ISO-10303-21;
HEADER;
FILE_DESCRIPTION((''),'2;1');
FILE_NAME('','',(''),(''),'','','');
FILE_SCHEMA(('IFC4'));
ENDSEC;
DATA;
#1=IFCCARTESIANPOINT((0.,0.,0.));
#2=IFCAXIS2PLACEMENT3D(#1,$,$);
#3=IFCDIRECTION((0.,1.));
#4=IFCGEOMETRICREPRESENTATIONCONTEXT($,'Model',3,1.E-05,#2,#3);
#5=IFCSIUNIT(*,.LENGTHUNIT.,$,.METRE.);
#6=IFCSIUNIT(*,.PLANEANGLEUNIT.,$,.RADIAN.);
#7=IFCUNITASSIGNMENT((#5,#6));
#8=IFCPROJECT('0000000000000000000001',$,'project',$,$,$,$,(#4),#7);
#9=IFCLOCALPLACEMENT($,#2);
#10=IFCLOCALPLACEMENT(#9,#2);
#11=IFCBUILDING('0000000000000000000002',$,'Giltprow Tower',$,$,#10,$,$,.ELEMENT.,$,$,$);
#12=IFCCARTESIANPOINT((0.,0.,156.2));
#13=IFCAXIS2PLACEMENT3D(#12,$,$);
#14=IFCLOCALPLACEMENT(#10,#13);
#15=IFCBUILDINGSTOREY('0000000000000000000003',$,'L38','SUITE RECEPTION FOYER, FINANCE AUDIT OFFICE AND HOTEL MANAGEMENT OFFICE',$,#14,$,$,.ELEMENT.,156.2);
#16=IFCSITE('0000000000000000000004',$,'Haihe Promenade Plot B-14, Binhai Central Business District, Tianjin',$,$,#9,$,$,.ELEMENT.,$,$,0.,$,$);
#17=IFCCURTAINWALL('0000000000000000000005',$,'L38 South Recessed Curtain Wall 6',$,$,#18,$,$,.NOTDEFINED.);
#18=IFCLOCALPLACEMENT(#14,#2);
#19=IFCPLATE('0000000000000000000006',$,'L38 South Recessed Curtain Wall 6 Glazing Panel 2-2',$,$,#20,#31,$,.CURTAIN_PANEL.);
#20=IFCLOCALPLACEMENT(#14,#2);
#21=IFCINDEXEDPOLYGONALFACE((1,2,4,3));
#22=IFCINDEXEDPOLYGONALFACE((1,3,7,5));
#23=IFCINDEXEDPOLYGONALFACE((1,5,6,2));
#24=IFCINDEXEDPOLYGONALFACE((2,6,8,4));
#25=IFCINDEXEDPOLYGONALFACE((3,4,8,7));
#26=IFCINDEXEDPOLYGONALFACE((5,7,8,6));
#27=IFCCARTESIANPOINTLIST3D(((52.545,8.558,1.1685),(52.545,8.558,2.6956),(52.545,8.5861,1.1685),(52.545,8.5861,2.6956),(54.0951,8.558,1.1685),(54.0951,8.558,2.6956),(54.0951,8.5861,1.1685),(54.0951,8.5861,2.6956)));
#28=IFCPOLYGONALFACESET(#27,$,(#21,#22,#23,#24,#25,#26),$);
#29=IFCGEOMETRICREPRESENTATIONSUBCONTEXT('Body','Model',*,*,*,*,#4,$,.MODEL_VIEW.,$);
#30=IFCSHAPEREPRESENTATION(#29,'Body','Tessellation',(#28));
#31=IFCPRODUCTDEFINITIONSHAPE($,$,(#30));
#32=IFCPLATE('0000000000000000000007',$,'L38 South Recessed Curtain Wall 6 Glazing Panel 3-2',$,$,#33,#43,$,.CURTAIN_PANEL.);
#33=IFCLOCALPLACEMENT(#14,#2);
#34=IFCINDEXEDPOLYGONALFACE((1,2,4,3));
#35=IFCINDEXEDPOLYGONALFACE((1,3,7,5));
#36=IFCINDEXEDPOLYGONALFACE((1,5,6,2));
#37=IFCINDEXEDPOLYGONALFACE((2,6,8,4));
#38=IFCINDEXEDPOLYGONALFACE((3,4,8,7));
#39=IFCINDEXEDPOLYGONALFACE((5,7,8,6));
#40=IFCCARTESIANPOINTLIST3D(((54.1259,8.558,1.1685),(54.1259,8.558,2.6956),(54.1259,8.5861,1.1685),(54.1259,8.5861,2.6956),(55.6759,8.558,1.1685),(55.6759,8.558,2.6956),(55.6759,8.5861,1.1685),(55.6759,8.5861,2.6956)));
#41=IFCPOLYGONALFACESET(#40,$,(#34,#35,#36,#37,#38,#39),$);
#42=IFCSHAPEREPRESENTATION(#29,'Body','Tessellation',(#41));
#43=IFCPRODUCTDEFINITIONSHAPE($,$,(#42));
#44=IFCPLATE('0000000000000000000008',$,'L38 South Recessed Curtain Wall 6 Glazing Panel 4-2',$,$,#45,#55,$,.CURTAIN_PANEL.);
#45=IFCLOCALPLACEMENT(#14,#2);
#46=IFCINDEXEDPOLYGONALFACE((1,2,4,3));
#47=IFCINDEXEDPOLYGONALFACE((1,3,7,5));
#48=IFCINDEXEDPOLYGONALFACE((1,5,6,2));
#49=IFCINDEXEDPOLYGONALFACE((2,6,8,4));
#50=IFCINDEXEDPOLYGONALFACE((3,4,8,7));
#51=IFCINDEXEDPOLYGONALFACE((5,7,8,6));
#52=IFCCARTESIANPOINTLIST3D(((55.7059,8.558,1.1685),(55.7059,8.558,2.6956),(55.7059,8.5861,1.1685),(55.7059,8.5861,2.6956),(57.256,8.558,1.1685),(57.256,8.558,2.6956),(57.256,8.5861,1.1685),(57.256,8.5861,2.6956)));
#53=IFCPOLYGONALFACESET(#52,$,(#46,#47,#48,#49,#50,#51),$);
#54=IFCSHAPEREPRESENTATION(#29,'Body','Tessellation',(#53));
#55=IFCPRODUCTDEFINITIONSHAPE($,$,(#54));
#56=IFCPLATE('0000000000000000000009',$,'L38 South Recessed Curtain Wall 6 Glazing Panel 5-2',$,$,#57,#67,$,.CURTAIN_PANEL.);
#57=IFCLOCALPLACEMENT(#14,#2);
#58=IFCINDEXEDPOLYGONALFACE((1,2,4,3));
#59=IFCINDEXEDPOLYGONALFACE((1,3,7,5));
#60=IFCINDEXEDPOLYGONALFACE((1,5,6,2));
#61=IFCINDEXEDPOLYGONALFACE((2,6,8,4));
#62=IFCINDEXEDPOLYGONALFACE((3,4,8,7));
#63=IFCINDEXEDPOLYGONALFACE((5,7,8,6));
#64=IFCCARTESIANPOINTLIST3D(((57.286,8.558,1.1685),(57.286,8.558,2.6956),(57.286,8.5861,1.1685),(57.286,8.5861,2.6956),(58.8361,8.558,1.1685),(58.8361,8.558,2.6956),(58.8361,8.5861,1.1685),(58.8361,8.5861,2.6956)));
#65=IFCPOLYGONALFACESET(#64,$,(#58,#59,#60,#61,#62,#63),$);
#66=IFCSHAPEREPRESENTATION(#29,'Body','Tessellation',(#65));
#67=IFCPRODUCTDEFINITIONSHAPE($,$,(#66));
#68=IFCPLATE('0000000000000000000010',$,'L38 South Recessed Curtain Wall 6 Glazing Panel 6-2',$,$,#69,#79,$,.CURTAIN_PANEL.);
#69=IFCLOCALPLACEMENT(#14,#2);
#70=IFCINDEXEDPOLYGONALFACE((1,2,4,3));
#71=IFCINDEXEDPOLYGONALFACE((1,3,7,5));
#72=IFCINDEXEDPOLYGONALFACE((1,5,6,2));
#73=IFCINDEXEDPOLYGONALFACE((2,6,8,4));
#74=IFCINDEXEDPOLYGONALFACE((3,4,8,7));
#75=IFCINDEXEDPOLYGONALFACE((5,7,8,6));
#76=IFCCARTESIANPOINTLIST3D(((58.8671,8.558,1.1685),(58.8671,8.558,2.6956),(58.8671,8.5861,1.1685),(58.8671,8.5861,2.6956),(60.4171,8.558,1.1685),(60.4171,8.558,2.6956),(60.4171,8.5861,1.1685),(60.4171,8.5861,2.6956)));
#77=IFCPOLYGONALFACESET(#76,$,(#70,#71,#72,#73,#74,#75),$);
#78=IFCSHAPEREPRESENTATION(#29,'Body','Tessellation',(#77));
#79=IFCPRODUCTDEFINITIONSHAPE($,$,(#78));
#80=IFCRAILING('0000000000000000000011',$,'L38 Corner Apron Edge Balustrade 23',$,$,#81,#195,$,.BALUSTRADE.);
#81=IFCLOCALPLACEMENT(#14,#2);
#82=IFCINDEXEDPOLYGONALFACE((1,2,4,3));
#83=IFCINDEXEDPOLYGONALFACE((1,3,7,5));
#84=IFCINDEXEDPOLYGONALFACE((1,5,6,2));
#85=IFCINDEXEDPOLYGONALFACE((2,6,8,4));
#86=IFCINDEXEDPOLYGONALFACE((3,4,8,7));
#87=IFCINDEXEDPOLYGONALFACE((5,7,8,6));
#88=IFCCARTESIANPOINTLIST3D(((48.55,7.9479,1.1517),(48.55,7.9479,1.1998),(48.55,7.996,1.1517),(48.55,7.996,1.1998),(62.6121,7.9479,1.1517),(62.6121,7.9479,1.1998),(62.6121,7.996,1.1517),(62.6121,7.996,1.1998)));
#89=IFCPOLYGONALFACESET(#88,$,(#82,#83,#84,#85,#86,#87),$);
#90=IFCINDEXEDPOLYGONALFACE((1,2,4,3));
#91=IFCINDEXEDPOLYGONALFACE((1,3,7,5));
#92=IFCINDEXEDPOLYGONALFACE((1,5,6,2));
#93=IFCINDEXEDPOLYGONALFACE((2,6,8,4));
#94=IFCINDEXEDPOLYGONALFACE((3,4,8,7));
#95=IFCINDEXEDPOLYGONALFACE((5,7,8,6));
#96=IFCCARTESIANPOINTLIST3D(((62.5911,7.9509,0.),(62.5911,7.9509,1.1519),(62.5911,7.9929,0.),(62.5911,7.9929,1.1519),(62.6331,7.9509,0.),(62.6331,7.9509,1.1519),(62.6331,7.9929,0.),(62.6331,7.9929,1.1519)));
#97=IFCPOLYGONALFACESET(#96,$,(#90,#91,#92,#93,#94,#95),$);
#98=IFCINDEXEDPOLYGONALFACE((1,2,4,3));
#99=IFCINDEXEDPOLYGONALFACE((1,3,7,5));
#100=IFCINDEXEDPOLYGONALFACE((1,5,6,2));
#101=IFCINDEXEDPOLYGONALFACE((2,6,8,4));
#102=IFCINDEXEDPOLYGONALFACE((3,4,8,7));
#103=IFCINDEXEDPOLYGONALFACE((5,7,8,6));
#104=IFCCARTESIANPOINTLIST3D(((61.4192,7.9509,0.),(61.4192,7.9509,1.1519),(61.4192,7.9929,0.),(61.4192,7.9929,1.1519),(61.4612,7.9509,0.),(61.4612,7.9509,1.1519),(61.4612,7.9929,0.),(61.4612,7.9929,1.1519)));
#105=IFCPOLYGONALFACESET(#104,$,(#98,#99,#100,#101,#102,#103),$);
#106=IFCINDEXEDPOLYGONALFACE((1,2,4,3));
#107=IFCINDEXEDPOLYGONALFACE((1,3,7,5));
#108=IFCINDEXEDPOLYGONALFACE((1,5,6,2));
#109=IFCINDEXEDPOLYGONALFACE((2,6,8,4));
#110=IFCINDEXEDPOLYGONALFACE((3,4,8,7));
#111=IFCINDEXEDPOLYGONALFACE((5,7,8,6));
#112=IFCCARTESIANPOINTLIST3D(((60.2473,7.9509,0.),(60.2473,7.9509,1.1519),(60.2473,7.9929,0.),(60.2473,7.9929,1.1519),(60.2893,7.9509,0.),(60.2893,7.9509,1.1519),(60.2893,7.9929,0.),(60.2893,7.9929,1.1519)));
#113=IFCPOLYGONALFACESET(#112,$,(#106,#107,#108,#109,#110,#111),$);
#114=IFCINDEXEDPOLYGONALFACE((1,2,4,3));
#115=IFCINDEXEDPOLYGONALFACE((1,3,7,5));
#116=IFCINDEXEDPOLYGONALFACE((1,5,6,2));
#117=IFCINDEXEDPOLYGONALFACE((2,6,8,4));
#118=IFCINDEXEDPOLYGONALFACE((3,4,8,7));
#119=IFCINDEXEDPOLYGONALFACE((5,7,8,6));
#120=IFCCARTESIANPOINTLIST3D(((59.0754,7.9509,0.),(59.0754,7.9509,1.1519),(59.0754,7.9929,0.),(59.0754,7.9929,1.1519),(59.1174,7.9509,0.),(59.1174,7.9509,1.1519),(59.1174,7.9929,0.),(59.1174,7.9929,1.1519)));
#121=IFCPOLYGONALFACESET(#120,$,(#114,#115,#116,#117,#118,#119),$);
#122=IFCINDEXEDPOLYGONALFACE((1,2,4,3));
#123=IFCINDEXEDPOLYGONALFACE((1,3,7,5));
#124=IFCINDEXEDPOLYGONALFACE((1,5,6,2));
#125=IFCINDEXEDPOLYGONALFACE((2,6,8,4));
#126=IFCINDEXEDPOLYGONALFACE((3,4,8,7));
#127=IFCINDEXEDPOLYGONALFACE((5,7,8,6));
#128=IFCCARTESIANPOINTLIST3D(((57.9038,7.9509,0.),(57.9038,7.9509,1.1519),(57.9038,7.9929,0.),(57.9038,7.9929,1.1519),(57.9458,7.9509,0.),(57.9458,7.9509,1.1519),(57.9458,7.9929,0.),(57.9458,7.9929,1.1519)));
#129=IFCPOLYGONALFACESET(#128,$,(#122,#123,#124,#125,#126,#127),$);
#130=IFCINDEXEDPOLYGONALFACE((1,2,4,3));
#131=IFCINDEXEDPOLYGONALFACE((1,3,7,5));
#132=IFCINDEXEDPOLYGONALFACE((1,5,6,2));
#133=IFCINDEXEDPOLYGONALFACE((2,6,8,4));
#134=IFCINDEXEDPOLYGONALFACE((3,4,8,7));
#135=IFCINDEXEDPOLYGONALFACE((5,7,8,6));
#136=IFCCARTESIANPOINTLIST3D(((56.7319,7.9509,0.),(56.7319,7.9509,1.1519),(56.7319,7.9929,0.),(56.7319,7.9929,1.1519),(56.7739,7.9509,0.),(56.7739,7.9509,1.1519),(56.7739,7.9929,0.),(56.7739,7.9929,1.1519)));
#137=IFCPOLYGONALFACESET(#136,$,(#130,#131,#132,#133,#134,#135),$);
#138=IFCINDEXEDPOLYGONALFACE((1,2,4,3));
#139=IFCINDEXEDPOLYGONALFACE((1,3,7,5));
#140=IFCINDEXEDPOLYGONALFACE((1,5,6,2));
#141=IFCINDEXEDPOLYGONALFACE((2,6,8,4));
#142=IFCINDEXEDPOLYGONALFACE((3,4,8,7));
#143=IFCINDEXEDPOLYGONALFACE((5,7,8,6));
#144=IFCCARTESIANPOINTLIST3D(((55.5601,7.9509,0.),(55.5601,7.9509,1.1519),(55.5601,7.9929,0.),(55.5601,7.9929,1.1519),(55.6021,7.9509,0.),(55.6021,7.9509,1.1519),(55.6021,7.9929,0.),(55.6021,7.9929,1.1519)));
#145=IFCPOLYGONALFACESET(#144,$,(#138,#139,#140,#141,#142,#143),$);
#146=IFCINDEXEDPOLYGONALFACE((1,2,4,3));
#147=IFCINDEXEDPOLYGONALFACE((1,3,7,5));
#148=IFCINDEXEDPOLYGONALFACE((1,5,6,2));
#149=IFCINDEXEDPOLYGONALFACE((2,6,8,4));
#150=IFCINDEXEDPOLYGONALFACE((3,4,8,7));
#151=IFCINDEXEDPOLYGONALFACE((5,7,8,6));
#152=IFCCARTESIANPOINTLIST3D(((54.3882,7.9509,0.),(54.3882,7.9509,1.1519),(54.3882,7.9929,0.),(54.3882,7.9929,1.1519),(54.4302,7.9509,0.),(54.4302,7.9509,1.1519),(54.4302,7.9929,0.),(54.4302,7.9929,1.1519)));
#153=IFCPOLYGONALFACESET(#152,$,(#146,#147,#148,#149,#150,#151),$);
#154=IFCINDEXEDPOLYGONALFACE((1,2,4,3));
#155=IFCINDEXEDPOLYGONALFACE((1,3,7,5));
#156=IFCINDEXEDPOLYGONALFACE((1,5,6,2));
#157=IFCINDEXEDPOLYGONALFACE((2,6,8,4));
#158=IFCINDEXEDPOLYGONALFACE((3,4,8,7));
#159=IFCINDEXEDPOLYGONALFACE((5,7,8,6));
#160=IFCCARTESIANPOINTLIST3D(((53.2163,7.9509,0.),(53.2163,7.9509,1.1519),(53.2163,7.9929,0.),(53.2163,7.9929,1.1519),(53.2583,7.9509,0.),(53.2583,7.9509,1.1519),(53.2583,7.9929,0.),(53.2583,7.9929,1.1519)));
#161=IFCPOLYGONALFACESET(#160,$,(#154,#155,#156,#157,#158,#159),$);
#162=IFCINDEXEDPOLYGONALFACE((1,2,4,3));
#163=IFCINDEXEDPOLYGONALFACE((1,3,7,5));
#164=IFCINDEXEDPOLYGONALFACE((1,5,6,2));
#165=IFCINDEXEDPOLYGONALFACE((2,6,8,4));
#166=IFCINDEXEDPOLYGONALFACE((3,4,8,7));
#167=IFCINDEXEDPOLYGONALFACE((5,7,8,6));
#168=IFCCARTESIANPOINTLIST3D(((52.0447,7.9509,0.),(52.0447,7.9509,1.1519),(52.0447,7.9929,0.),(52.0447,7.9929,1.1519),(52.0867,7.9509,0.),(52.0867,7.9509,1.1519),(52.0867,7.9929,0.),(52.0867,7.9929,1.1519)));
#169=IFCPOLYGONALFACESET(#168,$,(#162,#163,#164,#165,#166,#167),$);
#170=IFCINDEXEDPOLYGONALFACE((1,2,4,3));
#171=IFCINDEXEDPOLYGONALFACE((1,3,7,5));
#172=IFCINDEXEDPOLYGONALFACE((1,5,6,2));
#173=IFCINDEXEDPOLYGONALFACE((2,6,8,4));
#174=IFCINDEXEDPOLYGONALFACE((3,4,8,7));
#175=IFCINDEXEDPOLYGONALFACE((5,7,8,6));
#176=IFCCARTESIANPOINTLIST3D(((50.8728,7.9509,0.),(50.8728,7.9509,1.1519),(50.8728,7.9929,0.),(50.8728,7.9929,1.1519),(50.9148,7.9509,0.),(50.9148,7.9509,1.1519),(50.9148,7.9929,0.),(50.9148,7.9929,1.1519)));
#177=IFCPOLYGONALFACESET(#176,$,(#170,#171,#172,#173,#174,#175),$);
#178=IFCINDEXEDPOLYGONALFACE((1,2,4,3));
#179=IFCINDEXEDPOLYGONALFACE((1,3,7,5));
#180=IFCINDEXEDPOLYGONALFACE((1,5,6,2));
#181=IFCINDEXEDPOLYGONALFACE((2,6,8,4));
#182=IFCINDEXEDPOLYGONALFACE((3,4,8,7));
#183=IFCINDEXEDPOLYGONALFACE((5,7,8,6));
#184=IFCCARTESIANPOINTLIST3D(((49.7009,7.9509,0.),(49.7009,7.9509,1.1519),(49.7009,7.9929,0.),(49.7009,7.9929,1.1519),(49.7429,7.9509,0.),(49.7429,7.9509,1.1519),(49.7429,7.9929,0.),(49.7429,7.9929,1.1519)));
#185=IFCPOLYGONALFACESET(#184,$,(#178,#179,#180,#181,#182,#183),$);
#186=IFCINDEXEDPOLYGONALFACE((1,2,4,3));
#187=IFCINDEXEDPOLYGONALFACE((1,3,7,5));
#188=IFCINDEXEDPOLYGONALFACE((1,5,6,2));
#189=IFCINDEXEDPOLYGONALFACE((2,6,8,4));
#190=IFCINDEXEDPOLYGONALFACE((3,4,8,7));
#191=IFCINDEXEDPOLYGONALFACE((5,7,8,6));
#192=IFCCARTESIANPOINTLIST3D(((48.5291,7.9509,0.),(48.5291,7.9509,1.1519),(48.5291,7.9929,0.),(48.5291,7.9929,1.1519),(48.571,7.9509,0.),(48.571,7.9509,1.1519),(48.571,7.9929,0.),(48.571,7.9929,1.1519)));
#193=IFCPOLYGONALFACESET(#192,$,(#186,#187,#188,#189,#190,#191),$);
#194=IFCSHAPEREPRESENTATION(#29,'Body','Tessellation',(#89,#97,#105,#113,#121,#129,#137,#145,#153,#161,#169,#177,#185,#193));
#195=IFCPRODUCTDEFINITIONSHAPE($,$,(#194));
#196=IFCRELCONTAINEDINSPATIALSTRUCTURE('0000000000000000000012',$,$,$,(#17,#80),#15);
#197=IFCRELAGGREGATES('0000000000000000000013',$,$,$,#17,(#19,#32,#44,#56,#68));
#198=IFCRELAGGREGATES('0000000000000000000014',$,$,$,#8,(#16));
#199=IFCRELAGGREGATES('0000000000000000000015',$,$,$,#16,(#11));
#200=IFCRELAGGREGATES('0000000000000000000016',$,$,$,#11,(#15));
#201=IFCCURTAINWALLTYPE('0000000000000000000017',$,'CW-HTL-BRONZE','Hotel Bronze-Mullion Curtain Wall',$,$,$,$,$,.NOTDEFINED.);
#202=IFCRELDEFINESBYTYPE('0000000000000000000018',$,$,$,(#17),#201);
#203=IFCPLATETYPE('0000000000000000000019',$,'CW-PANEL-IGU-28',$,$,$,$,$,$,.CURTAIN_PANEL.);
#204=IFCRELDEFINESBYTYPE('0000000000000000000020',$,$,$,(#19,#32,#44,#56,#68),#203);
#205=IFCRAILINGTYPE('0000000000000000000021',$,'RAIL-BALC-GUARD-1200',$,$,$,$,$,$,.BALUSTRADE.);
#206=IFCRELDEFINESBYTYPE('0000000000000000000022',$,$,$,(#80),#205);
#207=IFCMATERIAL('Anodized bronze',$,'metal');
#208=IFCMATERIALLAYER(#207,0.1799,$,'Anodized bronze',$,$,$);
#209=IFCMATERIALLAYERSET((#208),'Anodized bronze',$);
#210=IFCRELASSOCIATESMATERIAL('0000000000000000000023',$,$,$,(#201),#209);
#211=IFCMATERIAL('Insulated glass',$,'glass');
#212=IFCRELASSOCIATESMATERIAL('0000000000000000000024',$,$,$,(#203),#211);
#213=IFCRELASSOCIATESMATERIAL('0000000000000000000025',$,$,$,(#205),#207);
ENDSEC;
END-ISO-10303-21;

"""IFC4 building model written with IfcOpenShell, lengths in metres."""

from ifc_helpers import new_model, si_unit, direction, frame, origin, origin_2d, place, context, subcontext, project, spatial, rectangle, extrude, source, transform, mapped, material, layer, layer_set, type_object, element, aggregate, save


model = new_model("IFC4")

# Units and contexts
model_context = context("Model", 3, precision=1e-05, world=origin(), true_north=direction((0.0, 1.0)))
body_context = subcontext(model_context, "Body", "Model", "MODEL_VIEW")
ifc_project = project(units=[si_unit("LENGTHUNIT", "METRE"), si_unit("PLANEANGLEUNIT", "RADIAN")], contexts=[model_context])

# Site, building, storey
site_placement = place(None, origin())
site = spatial("IfcSite", under=ifc_project, at=site_placement, Name="Haihe Promenade Plot B-14, Binhai Central Business District, Tianjin", CompositionType="ELEMENT", RefElevation=0.0)
building_placement = place(site_placement, origin())
building = spatial("IfcBuilding", under=site, at=building_placement, Name="Giltprow Tower", CompositionType="ELEMENT")
storey_placement = place(building_placement, frame((0.0, 0.0, 156.2)))
storey = spatial("IfcBuildingStorey", under=building, at=storey_placement, Name="L38", Description="SUITE RECEPTION FOYER, FINANCE AUDIT OFFICE AND HOTEL MANAGEMENT OFFICE", CompositionType="ELEMENT", Elevation=156.2)

# Curtain wall, plates
ifc_material_1 = material(Name="Anodized bronze", Category="metal")
ifc_layer = layer(ifc_material_1, 0.1799, Name="Anodized bronze")
ifc_layer_set = layer_set([ifc_layer], Name="Anodized bronze")
curtain_wall_type = type_object("IfcCurtainWallType", Name="CW-HTL-BRONZE", Description="Hotel Bronze-Mullion Curtain Wall", PredefinedType="NOTDEFINED", material=ifc_layer_set)
curtain_wall_placement = place(storey_placement, origin())
curtain_wall = element("IfcCurtainWall", 1, at=curtain_wall_placement, inside=storey, type_object=curtain_wall_type, Name="L38 South Recessed Curtain Wall 6", PredefinedType="NOTDEFINED")
ifc_material_2 = material(Name="Insulated glass", Category="glass")
plate_type = type_object("IfcPlateType", Name="CW-PANEL-IGU-28", PredefinedType="CURTAIN_PANEL", material=ifc_material_2)
shared_shape_1 = source(origin(), body_context, "Body", "SweptSolid", [
    extrude(rectangle(XDim=1.55, YDim=0.0281, at=origin_2d()), origin(), (0.0, 0.0, 1.0), 1.5271),
])
plate_1_placement = place(storey_placement, frame((53.3201, 8.572, 1.1685), z_axis=(0.0, 0.0, 1.0), x_axis=(1.0, 0.0, 0.0)))
plate_1 = element("IfcPlate", 2, at=plate_1_placement, type_object=plate_type, Name="L38 South Recessed Curtain Wall 6 Glazing Panel 2-2", PredefinedType="CURTAIN_PANEL", context=body_context, shape_type="MappedRepresentation", body=[
    mapped(shared_shape_1, transform((0.0, 0.0, 0.0), x_axis=(1.0, 0.0, 0.0), y_axis=(0.0, 1.0, 0.0), z_axis=(0.0, 0.0, 1.0), scale=1.0)),
])
plate_2_placement = place(storey_placement, frame((54.9009, 8.572, 1.1685), z_axis=(0.0, 0.0, 1.0), x_axis=(1.0, 0.0, 0.0)))
plate_2 = element("IfcPlate", 3, at=plate_2_placement, type_object=plate_type, Name="L38 South Recessed Curtain Wall 6 Glazing Panel 3-2", PredefinedType="CURTAIN_PANEL", context=body_context, shape_type="MappedRepresentation", body=[
    mapped(shared_shape_1, transform((0.0, 0.0, 0.0), x_axis=(1.0, 0.0, 0.0), y_axis=(0.0, 1.0, 0.0), z_axis=(0.0, 0.0, 1.0), scale=1.0)),
])
plate_3_placement = place(storey_placement, frame((56.481, 8.572, 1.1685), z_axis=(0.0, 0.0, 1.0), x_axis=(1.0, 0.0, 0.0)))
plate_3 = element("IfcPlate", 4, at=plate_3_placement, type_object=plate_type, Name="L38 South Recessed Curtain Wall 6 Glazing Panel 4-2", PredefinedType="CURTAIN_PANEL", context=body_context, shape_type="MappedRepresentation", body=[
    mapped(shared_shape_1, transform((0.0, 0.0, 0.0), x_axis=(1.0, 0.0, 0.0), y_axis=(0.0, 1.0, 0.0), z_axis=(0.0, 0.0, 1.0), scale=1.0)),
])
plate_4_placement = place(storey_placement, frame((58.061, 8.572, 1.1685), z_axis=(0.0, 0.0, 1.0), x_axis=(1.0, 0.0, 0.0)))
plate_4 = element("IfcPlate", 5, at=plate_4_placement, type_object=plate_type, Name="L38 South Recessed Curtain Wall 6 Glazing Panel 5-2", PredefinedType="CURTAIN_PANEL", context=body_context, shape_type="MappedRepresentation", body=[
    mapped(shared_shape_1, transform((0.0, 0.0, 0.0), x_axis=(1.0, 0.0, 0.0), y_axis=(0.0, 1.0, 0.0), z_axis=(0.0, 0.0, 1.0), scale=1.0)),
])
plate_5_placement = place(storey_placement, frame((59.6421, 8.572, 1.1685), z_axis=(0.0, 0.0, 1.0), x_axis=(1.0, 0.0, 0.0)))
plate_5 = element("IfcPlate", 6, at=plate_5_placement, type_object=plate_type, Name="L38 South Recessed Curtain Wall 6 Glazing Panel 6-2", PredefinedType="CURTAIN_PANEL", context=body_context, shape_type="MappedRepresentation", body=[
    mapped(shared_shape_1, transform((0.0, 0.0, 0.0), x_axis=(1.0, 0.0, 0.0), y_axis=(0.0, 1.0, 0.0), z_axis=(0.0, 0.0, 1.0), scale=1.0)),
])
aggregate(curtain_wall, [plate_1, plate_2, plate_3, plate_4, plate_5])

# Railing
railing_type = type_object("IfcRailingType", Name="RAIL-BALC-GUARD-1200", PredefinedType="BALUSTRADE", material=ifc_material_1)
railing_placement = place(storey_placement, frame((62.6121, 7.9719, 0.0)))
element("IfcRailing", 7, at=railing_placement, inside=storey, type_object=railing_type, Name="L38 Corner Apron Edge Balustrade 23", PredefinedType="BALUSTRADE", context=body_context, shape_type="SweptSolid", body=[
    extrude(rectangle(XDim=0.0481, YDim=0.0481, at=origin_2d()), frame((0.0, 0.0, 1.1758), z_axis=(-1.0, 0.0, 0.0), x_axis=(0.0, -1.0, 0.0)), (0.0, 0.0, 1.0), 14.062),
    extrude(rectangle(XDim=0.042, YDim=0.042, at=origin_2d()), origin(), (0.0, 0.0, 1.0), 1.1519),
    extrude(rectangle(XDim=0.042, YDim=0.042, at=origin_2d()), frame((-1.1719, 0.0, 0.0)), (0.0, 0.0, 1.0), 1.1519),
    extrude(rectangle(XDim=0.042, YDim=0.042, at=origin_2d()), frame((-2.3438, 0.0, 0.0)), (0.0, 0.0, 1.0), 1.1519),
    extrude(rectangle(XDim=0.042, YDim=0.042, at=origin_2d()), frame((-3.5156, 0.0, 0.0)), (0.0, 0.0, 1.0), 1.1519),
    extrude(rectangle(XDim=0.042, YDim=0.042, at=origin_2d()), frame((-4.6873, 0.0, 0.0)), (0.0, 0.0, 1.0), 1.1519),
    extrude(rectangle(XDim=0.042, YDim=0.042, at=origin_2d()), frame((-5.8591, 0.0, 0.0)), (0.0, 0.0, 1.0), 1.1519),
    extrude(rectangle(XDim=0.042, YDim=0.042, at=origin_2d()), frame((-7.031, 0.0, 0.0)), (0.0, 0.0, 1.0), 1.1519),
    extrude(rectangle(XDim=0.042, YDim=0.042, at=origin_2d()), frame((-8.2029, 0.0, 0.0)), (0.0, 0.0, 1.0), 1.1519),
    extrude(rectangle(XDim=0.042, YDim=0.042, at=origin_2d()), frame((-9.3748, 0.0, 0.0)), (0.0, 0.0, 1.0), 1.1519),
    extrude(rectangle(XDim=0.042, YDim=0.042, at=origin_2d()), frame((-10.5464, 0.0, 0.0)), (0.0, 0.0, 1.0), 1.1519),
    extrude(rectangle(XDim=0.042, YDim=0.042, at=origin_2d()), frame((-11.7183, 0.0, 0.0)), (0.0, 0.0, 1.0), 1.1519),
    extrude(rectangle(XDim=0.042, YDim=0.042, at=origin_2d()), frame((-12.8901, 0.0, 0.0)), (0.0, 0.0, 1.0), 1.1519),
    extrude(rectangle(XDim=0.042, YDim=0.042, at=origin_2d()), frame((-14.062, 0.0, 0.0)), (0.0, 0.0, 1.0), 1.1519),
])

save(model, "model.ifc")
